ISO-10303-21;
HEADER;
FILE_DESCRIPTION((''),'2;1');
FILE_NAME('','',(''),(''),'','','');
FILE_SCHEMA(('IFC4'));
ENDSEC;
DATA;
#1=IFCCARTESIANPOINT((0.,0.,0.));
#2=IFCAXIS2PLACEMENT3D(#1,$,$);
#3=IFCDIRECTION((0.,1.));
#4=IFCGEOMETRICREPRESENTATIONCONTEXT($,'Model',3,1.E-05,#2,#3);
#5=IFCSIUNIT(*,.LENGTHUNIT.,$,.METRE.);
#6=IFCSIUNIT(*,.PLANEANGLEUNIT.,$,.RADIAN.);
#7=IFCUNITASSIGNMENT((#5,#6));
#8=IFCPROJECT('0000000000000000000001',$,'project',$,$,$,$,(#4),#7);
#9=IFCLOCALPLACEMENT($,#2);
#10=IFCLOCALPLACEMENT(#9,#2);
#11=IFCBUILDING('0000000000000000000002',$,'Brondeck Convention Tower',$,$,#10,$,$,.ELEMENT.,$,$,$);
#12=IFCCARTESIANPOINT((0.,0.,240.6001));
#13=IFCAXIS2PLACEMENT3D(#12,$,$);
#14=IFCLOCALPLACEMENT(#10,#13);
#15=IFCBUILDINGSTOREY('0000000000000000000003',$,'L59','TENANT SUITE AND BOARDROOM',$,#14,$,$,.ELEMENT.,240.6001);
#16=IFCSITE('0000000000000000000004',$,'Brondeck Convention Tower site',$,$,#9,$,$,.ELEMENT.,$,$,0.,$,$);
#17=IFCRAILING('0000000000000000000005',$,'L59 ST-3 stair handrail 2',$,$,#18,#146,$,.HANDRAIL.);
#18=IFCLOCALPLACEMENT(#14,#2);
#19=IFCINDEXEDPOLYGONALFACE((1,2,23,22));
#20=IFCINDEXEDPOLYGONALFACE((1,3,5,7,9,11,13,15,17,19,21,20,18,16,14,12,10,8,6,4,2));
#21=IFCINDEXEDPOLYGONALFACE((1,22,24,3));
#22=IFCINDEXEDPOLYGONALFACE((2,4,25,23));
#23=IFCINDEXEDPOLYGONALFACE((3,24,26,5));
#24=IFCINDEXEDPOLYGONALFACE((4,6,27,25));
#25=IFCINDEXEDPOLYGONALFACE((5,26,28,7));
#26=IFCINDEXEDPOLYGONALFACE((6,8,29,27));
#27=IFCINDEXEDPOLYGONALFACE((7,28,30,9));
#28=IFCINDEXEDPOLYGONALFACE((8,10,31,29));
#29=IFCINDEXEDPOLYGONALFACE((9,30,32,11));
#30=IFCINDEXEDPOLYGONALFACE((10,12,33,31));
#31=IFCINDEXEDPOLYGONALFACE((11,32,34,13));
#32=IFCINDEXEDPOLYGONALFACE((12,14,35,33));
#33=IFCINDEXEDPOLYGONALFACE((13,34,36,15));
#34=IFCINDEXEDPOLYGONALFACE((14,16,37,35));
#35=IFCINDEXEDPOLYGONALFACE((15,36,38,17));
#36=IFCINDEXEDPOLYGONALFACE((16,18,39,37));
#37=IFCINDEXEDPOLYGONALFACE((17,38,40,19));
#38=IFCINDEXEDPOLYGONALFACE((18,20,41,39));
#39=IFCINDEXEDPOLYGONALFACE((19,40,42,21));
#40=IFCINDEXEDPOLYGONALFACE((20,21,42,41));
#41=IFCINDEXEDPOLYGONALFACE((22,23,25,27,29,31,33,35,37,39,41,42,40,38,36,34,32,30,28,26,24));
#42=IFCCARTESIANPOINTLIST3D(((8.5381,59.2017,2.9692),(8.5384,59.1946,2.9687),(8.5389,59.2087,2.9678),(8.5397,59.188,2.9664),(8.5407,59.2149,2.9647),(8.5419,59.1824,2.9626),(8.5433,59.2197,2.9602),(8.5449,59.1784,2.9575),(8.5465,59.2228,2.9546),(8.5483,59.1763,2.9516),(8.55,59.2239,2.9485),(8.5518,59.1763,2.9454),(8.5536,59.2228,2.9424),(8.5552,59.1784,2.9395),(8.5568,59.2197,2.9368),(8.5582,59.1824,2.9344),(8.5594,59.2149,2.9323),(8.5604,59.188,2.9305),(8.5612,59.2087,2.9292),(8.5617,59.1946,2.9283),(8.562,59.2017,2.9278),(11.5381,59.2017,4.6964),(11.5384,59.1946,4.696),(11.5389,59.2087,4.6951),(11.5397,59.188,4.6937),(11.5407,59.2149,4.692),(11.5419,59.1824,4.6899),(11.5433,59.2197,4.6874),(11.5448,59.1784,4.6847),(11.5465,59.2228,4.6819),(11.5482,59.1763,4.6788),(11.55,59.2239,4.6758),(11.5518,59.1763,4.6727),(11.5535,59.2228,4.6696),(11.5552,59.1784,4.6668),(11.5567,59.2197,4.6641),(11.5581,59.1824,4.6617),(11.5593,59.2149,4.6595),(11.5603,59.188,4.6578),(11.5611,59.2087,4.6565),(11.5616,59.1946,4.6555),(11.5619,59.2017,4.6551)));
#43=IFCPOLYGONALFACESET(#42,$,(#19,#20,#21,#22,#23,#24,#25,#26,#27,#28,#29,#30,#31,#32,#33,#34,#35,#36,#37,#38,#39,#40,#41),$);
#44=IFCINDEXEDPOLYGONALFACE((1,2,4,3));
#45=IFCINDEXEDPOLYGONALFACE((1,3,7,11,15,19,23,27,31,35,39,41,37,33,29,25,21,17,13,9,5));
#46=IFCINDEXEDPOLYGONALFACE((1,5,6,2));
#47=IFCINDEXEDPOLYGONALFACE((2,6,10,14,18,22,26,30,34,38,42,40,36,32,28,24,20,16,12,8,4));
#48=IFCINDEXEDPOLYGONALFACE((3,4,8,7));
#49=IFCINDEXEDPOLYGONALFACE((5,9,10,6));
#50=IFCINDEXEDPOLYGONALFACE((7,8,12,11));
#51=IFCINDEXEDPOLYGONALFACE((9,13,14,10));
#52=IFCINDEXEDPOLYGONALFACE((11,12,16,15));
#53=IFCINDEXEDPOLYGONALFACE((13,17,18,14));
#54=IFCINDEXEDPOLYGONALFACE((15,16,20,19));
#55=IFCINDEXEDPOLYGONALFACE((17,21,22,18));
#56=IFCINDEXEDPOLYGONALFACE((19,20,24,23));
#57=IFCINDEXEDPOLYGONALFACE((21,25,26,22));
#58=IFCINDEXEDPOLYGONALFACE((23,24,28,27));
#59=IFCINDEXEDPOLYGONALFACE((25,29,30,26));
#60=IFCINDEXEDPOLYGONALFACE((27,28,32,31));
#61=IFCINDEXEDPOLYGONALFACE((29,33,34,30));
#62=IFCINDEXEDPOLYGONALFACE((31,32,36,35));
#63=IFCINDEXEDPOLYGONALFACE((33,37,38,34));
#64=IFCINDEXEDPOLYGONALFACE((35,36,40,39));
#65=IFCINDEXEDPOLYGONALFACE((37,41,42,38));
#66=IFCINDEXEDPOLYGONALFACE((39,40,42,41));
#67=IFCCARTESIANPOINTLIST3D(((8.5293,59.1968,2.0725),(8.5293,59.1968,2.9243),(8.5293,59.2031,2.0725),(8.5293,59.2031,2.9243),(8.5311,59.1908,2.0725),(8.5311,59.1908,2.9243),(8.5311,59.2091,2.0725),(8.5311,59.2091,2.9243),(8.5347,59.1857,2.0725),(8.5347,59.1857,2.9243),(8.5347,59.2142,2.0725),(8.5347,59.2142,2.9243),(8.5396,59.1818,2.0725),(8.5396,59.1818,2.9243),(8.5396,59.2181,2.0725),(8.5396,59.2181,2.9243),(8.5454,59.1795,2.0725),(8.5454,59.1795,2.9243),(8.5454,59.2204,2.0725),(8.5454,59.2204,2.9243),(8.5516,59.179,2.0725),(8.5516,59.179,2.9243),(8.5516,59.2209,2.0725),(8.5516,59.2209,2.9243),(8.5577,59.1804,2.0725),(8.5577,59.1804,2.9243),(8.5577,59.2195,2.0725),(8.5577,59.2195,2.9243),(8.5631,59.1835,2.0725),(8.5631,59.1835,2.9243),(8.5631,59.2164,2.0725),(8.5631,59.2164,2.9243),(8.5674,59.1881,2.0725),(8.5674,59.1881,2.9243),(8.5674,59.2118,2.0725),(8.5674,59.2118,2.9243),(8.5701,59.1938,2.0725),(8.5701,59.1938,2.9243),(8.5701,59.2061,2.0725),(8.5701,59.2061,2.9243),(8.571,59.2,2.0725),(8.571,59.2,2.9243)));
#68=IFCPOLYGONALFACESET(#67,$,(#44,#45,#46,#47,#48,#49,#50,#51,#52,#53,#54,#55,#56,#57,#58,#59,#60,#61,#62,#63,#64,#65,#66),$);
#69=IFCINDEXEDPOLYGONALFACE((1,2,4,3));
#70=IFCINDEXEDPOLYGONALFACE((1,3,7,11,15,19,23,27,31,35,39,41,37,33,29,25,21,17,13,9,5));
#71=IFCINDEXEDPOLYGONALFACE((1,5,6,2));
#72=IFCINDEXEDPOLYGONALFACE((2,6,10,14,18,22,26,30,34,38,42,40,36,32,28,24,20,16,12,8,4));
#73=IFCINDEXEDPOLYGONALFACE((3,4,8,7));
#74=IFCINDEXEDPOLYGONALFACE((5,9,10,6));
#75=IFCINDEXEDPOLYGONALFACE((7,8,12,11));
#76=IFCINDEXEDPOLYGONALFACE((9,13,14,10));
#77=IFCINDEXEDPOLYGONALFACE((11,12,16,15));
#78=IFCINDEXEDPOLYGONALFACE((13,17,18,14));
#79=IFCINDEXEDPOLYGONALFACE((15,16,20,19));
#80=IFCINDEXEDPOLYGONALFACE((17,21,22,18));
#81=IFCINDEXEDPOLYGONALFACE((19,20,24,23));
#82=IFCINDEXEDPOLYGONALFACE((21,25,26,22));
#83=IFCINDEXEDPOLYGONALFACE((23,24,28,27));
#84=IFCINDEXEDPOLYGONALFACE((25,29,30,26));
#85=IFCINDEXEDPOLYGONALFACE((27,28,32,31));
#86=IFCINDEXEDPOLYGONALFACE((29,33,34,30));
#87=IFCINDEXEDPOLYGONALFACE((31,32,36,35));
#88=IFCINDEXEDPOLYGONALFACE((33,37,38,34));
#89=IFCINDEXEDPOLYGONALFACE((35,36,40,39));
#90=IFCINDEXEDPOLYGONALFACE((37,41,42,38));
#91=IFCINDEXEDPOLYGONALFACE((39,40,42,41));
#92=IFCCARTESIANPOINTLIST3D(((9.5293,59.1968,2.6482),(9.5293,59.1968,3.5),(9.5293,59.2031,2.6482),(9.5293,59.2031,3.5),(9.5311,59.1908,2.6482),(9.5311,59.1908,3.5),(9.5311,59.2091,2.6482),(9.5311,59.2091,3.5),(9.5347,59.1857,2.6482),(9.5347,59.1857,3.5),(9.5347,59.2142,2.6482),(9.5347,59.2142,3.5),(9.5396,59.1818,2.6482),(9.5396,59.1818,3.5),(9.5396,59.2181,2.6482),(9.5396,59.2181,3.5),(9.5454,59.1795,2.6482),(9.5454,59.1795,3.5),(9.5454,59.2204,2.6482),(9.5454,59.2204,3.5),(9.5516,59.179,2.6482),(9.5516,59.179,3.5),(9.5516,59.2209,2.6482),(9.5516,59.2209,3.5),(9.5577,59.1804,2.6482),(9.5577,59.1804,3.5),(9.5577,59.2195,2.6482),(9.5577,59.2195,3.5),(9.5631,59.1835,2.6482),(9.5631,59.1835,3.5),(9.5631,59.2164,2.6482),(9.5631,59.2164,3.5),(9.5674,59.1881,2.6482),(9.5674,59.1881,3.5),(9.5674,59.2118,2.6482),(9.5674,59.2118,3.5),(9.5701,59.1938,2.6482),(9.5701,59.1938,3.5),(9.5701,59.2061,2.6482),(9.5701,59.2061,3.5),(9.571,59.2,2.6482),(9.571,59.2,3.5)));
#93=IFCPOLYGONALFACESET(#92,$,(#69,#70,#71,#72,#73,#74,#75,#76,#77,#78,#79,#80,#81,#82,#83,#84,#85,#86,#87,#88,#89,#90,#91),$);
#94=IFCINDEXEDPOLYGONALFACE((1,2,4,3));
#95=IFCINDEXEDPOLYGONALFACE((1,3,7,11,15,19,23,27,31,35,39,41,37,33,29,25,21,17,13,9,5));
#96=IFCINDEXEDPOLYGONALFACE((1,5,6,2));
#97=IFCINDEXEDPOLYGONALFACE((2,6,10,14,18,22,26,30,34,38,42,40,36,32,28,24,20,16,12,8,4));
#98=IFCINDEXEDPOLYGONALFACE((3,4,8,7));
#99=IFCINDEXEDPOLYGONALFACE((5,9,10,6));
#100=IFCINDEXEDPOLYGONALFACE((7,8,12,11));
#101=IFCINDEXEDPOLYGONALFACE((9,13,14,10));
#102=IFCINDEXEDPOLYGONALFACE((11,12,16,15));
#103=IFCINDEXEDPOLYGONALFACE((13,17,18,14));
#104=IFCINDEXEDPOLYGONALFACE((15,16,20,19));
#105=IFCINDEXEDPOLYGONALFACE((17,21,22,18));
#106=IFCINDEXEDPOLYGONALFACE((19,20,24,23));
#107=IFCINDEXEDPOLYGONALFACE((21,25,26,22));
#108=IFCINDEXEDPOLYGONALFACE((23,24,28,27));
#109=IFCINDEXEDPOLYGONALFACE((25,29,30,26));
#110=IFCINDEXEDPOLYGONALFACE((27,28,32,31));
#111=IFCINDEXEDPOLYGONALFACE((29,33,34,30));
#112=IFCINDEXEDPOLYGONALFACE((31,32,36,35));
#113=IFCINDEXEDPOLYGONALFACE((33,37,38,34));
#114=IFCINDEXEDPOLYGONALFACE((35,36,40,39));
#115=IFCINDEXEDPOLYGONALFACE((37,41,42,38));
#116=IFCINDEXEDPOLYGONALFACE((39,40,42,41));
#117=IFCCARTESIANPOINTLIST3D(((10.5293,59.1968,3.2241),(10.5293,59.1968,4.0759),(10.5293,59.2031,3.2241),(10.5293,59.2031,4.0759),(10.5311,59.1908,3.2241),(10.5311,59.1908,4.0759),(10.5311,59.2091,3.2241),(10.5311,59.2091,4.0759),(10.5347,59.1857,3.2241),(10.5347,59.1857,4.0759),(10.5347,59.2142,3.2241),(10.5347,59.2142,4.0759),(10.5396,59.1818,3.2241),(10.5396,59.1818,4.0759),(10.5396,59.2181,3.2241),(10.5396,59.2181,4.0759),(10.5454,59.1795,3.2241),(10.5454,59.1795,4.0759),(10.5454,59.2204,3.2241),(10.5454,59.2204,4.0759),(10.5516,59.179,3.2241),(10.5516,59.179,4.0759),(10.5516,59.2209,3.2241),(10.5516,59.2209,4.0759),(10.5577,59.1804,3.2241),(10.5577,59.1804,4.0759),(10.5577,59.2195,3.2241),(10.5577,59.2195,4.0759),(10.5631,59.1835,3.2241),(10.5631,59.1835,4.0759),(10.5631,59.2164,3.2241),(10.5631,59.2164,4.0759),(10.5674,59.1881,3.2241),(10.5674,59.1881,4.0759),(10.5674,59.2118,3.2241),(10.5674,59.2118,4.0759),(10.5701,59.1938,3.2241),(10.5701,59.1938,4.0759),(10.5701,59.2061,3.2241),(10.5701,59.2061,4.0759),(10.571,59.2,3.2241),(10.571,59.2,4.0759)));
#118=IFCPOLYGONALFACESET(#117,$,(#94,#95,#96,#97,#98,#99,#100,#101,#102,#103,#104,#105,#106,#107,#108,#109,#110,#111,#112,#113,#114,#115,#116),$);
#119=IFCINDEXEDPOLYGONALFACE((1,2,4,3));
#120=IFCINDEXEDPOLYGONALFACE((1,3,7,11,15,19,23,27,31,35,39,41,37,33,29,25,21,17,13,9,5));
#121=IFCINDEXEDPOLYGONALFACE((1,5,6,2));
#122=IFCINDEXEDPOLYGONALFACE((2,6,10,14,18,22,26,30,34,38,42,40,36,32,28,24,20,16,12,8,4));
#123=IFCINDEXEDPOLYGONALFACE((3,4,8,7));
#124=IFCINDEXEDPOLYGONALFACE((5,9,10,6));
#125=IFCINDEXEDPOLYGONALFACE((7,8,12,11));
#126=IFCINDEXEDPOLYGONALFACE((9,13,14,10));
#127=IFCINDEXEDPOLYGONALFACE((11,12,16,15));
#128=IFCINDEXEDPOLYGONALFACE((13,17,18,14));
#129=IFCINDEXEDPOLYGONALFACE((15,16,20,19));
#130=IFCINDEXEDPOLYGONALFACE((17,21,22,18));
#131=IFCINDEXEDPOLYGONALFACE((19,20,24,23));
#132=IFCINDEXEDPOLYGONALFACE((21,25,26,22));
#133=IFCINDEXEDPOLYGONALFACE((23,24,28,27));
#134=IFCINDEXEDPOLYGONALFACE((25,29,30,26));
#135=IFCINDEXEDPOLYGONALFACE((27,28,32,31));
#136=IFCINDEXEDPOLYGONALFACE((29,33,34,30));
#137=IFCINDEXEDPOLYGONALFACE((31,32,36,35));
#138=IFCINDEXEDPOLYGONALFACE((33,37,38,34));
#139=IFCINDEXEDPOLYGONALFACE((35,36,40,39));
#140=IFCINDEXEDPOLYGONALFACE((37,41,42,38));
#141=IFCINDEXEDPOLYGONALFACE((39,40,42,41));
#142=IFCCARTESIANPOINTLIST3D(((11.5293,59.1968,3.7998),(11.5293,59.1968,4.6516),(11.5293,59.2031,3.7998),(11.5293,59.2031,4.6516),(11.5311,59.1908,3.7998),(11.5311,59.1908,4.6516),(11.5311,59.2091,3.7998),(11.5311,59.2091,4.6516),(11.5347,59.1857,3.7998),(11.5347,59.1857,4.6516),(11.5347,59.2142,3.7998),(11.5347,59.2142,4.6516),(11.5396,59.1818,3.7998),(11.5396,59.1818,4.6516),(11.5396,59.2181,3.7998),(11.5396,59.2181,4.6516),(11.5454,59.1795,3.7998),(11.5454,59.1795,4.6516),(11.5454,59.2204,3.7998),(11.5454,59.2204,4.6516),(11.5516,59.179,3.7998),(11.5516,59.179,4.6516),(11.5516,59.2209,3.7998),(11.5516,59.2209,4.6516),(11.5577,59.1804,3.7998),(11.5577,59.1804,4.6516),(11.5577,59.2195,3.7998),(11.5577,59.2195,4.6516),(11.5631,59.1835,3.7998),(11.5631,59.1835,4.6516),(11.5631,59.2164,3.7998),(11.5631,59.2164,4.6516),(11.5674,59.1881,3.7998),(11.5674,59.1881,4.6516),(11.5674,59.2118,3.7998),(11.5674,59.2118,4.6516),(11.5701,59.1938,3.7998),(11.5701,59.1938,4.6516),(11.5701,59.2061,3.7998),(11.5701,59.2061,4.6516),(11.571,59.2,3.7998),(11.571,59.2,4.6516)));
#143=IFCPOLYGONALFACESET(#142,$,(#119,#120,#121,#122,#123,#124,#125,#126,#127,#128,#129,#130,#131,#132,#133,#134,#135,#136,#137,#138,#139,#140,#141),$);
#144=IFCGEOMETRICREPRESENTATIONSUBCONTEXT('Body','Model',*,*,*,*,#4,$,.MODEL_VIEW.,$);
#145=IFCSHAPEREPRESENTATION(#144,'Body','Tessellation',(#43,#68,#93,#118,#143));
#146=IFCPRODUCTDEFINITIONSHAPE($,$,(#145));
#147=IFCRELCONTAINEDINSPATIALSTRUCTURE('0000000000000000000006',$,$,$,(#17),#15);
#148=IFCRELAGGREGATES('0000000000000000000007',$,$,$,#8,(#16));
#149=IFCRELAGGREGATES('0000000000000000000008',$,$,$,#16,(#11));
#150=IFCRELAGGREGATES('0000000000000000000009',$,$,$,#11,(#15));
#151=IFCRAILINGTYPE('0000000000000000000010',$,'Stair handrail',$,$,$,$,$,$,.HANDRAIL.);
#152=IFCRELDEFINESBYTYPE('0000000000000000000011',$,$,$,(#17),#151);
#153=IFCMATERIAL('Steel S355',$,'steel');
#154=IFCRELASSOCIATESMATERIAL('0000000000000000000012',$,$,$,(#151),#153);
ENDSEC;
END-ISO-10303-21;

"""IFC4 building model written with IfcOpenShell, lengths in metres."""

from ifc_helpers import new_model, si_unit, direction, frame, origin, origin_2d, place, context, subcontext, project, spatial, circle, extrude, material, type_object, element, save


model = new_model("IFC4")

# Units and contexts
model_context = context("Model", 3, precision=1e-05, world=origin(), true_north=direction((0.0, 1.0)))
body_context = subcontext(model_context, "Body", "Model", "MODEL_VIEW")
ifc_project = project(units=[si_unit("LENGTHUNIT", "METRE"), si_unit("PLANEANGLEUNIT", "RADIAN")], contexts=[model_context])

# Site, building, storey
site_placement = place(None, origin())
site = spatial("IfcSite", under=ifc_project, at=site_placement, Name="Brondeck Convention Tower site", CompositionType="ELEMENT", RefElevation=0.0)
building_placement = place(site_placement, origin())
building = spatial("IfcBuilding", under=site, at=building_placement, Name="Brondeck Convention Tower", CompositionType="ELEMENT")
storey_placement = place(building_placement, frame((0.0, 0.0, 240.6001)))
storey = spatial("IfcBuildingStorey", under=building, at=storey_placement, Name="L59", Description="TENANT SUITE AND BOARDROOM", CompositionType="ELEMENT", Elevation=240.6001)

# Railing
ifc_material_1 = material(Name="Steel S355", Category="steel")
railing_type_1 = type_object("IfcRailingType", Name="Stair handrail", PredefinedType="HANDRAIL", material=ifc_material_1)
railing_1_placement = place(storey_placement, frame((8.55, 59.2, 2.0725)))
element("IfcRailing", 1, at=railing_1_placement, inside=storey, type_object=railing_type_1, Name="L59 ST-3 stair handrail 2", PredefinedType="HANDRAIL", context=body_context, shape_type="SweptSolid", body=[
    extrude(circle(Radius=0.0239, at=origin_2d()), frame((0.0, 0.0, 0.876), z_axis=(0.86662, 0.0, 0.498969), x_axis=(0.0, 1.0, 0.0)), (0.0, 0.0, 1.0), 3.4617),
    extrude(circle(Radius=0.021, at=origin_2d()), origin(), (0.0, 0.0, 1.0), 0.8518),
    extrude(circle(Radius=0.021, at=origin_2d()), frame((1.0, 0.0, 0.5757)), (0.0, 0.0, 1.0), 0.8518),
    extrude(circle(Radius=0.021, at=origin_2d()), frame((2.0, 0.0, 1.1516)), (0.0, 0.0, 1.0), 0.8518),
    extrude(circle(Radius=0.021, at=origin_2d()), frame((3.0, 0.0, 1.7273)), (0.0, 0.0, 1.0), 0.8518),
])

save(model, "model.ifc")
